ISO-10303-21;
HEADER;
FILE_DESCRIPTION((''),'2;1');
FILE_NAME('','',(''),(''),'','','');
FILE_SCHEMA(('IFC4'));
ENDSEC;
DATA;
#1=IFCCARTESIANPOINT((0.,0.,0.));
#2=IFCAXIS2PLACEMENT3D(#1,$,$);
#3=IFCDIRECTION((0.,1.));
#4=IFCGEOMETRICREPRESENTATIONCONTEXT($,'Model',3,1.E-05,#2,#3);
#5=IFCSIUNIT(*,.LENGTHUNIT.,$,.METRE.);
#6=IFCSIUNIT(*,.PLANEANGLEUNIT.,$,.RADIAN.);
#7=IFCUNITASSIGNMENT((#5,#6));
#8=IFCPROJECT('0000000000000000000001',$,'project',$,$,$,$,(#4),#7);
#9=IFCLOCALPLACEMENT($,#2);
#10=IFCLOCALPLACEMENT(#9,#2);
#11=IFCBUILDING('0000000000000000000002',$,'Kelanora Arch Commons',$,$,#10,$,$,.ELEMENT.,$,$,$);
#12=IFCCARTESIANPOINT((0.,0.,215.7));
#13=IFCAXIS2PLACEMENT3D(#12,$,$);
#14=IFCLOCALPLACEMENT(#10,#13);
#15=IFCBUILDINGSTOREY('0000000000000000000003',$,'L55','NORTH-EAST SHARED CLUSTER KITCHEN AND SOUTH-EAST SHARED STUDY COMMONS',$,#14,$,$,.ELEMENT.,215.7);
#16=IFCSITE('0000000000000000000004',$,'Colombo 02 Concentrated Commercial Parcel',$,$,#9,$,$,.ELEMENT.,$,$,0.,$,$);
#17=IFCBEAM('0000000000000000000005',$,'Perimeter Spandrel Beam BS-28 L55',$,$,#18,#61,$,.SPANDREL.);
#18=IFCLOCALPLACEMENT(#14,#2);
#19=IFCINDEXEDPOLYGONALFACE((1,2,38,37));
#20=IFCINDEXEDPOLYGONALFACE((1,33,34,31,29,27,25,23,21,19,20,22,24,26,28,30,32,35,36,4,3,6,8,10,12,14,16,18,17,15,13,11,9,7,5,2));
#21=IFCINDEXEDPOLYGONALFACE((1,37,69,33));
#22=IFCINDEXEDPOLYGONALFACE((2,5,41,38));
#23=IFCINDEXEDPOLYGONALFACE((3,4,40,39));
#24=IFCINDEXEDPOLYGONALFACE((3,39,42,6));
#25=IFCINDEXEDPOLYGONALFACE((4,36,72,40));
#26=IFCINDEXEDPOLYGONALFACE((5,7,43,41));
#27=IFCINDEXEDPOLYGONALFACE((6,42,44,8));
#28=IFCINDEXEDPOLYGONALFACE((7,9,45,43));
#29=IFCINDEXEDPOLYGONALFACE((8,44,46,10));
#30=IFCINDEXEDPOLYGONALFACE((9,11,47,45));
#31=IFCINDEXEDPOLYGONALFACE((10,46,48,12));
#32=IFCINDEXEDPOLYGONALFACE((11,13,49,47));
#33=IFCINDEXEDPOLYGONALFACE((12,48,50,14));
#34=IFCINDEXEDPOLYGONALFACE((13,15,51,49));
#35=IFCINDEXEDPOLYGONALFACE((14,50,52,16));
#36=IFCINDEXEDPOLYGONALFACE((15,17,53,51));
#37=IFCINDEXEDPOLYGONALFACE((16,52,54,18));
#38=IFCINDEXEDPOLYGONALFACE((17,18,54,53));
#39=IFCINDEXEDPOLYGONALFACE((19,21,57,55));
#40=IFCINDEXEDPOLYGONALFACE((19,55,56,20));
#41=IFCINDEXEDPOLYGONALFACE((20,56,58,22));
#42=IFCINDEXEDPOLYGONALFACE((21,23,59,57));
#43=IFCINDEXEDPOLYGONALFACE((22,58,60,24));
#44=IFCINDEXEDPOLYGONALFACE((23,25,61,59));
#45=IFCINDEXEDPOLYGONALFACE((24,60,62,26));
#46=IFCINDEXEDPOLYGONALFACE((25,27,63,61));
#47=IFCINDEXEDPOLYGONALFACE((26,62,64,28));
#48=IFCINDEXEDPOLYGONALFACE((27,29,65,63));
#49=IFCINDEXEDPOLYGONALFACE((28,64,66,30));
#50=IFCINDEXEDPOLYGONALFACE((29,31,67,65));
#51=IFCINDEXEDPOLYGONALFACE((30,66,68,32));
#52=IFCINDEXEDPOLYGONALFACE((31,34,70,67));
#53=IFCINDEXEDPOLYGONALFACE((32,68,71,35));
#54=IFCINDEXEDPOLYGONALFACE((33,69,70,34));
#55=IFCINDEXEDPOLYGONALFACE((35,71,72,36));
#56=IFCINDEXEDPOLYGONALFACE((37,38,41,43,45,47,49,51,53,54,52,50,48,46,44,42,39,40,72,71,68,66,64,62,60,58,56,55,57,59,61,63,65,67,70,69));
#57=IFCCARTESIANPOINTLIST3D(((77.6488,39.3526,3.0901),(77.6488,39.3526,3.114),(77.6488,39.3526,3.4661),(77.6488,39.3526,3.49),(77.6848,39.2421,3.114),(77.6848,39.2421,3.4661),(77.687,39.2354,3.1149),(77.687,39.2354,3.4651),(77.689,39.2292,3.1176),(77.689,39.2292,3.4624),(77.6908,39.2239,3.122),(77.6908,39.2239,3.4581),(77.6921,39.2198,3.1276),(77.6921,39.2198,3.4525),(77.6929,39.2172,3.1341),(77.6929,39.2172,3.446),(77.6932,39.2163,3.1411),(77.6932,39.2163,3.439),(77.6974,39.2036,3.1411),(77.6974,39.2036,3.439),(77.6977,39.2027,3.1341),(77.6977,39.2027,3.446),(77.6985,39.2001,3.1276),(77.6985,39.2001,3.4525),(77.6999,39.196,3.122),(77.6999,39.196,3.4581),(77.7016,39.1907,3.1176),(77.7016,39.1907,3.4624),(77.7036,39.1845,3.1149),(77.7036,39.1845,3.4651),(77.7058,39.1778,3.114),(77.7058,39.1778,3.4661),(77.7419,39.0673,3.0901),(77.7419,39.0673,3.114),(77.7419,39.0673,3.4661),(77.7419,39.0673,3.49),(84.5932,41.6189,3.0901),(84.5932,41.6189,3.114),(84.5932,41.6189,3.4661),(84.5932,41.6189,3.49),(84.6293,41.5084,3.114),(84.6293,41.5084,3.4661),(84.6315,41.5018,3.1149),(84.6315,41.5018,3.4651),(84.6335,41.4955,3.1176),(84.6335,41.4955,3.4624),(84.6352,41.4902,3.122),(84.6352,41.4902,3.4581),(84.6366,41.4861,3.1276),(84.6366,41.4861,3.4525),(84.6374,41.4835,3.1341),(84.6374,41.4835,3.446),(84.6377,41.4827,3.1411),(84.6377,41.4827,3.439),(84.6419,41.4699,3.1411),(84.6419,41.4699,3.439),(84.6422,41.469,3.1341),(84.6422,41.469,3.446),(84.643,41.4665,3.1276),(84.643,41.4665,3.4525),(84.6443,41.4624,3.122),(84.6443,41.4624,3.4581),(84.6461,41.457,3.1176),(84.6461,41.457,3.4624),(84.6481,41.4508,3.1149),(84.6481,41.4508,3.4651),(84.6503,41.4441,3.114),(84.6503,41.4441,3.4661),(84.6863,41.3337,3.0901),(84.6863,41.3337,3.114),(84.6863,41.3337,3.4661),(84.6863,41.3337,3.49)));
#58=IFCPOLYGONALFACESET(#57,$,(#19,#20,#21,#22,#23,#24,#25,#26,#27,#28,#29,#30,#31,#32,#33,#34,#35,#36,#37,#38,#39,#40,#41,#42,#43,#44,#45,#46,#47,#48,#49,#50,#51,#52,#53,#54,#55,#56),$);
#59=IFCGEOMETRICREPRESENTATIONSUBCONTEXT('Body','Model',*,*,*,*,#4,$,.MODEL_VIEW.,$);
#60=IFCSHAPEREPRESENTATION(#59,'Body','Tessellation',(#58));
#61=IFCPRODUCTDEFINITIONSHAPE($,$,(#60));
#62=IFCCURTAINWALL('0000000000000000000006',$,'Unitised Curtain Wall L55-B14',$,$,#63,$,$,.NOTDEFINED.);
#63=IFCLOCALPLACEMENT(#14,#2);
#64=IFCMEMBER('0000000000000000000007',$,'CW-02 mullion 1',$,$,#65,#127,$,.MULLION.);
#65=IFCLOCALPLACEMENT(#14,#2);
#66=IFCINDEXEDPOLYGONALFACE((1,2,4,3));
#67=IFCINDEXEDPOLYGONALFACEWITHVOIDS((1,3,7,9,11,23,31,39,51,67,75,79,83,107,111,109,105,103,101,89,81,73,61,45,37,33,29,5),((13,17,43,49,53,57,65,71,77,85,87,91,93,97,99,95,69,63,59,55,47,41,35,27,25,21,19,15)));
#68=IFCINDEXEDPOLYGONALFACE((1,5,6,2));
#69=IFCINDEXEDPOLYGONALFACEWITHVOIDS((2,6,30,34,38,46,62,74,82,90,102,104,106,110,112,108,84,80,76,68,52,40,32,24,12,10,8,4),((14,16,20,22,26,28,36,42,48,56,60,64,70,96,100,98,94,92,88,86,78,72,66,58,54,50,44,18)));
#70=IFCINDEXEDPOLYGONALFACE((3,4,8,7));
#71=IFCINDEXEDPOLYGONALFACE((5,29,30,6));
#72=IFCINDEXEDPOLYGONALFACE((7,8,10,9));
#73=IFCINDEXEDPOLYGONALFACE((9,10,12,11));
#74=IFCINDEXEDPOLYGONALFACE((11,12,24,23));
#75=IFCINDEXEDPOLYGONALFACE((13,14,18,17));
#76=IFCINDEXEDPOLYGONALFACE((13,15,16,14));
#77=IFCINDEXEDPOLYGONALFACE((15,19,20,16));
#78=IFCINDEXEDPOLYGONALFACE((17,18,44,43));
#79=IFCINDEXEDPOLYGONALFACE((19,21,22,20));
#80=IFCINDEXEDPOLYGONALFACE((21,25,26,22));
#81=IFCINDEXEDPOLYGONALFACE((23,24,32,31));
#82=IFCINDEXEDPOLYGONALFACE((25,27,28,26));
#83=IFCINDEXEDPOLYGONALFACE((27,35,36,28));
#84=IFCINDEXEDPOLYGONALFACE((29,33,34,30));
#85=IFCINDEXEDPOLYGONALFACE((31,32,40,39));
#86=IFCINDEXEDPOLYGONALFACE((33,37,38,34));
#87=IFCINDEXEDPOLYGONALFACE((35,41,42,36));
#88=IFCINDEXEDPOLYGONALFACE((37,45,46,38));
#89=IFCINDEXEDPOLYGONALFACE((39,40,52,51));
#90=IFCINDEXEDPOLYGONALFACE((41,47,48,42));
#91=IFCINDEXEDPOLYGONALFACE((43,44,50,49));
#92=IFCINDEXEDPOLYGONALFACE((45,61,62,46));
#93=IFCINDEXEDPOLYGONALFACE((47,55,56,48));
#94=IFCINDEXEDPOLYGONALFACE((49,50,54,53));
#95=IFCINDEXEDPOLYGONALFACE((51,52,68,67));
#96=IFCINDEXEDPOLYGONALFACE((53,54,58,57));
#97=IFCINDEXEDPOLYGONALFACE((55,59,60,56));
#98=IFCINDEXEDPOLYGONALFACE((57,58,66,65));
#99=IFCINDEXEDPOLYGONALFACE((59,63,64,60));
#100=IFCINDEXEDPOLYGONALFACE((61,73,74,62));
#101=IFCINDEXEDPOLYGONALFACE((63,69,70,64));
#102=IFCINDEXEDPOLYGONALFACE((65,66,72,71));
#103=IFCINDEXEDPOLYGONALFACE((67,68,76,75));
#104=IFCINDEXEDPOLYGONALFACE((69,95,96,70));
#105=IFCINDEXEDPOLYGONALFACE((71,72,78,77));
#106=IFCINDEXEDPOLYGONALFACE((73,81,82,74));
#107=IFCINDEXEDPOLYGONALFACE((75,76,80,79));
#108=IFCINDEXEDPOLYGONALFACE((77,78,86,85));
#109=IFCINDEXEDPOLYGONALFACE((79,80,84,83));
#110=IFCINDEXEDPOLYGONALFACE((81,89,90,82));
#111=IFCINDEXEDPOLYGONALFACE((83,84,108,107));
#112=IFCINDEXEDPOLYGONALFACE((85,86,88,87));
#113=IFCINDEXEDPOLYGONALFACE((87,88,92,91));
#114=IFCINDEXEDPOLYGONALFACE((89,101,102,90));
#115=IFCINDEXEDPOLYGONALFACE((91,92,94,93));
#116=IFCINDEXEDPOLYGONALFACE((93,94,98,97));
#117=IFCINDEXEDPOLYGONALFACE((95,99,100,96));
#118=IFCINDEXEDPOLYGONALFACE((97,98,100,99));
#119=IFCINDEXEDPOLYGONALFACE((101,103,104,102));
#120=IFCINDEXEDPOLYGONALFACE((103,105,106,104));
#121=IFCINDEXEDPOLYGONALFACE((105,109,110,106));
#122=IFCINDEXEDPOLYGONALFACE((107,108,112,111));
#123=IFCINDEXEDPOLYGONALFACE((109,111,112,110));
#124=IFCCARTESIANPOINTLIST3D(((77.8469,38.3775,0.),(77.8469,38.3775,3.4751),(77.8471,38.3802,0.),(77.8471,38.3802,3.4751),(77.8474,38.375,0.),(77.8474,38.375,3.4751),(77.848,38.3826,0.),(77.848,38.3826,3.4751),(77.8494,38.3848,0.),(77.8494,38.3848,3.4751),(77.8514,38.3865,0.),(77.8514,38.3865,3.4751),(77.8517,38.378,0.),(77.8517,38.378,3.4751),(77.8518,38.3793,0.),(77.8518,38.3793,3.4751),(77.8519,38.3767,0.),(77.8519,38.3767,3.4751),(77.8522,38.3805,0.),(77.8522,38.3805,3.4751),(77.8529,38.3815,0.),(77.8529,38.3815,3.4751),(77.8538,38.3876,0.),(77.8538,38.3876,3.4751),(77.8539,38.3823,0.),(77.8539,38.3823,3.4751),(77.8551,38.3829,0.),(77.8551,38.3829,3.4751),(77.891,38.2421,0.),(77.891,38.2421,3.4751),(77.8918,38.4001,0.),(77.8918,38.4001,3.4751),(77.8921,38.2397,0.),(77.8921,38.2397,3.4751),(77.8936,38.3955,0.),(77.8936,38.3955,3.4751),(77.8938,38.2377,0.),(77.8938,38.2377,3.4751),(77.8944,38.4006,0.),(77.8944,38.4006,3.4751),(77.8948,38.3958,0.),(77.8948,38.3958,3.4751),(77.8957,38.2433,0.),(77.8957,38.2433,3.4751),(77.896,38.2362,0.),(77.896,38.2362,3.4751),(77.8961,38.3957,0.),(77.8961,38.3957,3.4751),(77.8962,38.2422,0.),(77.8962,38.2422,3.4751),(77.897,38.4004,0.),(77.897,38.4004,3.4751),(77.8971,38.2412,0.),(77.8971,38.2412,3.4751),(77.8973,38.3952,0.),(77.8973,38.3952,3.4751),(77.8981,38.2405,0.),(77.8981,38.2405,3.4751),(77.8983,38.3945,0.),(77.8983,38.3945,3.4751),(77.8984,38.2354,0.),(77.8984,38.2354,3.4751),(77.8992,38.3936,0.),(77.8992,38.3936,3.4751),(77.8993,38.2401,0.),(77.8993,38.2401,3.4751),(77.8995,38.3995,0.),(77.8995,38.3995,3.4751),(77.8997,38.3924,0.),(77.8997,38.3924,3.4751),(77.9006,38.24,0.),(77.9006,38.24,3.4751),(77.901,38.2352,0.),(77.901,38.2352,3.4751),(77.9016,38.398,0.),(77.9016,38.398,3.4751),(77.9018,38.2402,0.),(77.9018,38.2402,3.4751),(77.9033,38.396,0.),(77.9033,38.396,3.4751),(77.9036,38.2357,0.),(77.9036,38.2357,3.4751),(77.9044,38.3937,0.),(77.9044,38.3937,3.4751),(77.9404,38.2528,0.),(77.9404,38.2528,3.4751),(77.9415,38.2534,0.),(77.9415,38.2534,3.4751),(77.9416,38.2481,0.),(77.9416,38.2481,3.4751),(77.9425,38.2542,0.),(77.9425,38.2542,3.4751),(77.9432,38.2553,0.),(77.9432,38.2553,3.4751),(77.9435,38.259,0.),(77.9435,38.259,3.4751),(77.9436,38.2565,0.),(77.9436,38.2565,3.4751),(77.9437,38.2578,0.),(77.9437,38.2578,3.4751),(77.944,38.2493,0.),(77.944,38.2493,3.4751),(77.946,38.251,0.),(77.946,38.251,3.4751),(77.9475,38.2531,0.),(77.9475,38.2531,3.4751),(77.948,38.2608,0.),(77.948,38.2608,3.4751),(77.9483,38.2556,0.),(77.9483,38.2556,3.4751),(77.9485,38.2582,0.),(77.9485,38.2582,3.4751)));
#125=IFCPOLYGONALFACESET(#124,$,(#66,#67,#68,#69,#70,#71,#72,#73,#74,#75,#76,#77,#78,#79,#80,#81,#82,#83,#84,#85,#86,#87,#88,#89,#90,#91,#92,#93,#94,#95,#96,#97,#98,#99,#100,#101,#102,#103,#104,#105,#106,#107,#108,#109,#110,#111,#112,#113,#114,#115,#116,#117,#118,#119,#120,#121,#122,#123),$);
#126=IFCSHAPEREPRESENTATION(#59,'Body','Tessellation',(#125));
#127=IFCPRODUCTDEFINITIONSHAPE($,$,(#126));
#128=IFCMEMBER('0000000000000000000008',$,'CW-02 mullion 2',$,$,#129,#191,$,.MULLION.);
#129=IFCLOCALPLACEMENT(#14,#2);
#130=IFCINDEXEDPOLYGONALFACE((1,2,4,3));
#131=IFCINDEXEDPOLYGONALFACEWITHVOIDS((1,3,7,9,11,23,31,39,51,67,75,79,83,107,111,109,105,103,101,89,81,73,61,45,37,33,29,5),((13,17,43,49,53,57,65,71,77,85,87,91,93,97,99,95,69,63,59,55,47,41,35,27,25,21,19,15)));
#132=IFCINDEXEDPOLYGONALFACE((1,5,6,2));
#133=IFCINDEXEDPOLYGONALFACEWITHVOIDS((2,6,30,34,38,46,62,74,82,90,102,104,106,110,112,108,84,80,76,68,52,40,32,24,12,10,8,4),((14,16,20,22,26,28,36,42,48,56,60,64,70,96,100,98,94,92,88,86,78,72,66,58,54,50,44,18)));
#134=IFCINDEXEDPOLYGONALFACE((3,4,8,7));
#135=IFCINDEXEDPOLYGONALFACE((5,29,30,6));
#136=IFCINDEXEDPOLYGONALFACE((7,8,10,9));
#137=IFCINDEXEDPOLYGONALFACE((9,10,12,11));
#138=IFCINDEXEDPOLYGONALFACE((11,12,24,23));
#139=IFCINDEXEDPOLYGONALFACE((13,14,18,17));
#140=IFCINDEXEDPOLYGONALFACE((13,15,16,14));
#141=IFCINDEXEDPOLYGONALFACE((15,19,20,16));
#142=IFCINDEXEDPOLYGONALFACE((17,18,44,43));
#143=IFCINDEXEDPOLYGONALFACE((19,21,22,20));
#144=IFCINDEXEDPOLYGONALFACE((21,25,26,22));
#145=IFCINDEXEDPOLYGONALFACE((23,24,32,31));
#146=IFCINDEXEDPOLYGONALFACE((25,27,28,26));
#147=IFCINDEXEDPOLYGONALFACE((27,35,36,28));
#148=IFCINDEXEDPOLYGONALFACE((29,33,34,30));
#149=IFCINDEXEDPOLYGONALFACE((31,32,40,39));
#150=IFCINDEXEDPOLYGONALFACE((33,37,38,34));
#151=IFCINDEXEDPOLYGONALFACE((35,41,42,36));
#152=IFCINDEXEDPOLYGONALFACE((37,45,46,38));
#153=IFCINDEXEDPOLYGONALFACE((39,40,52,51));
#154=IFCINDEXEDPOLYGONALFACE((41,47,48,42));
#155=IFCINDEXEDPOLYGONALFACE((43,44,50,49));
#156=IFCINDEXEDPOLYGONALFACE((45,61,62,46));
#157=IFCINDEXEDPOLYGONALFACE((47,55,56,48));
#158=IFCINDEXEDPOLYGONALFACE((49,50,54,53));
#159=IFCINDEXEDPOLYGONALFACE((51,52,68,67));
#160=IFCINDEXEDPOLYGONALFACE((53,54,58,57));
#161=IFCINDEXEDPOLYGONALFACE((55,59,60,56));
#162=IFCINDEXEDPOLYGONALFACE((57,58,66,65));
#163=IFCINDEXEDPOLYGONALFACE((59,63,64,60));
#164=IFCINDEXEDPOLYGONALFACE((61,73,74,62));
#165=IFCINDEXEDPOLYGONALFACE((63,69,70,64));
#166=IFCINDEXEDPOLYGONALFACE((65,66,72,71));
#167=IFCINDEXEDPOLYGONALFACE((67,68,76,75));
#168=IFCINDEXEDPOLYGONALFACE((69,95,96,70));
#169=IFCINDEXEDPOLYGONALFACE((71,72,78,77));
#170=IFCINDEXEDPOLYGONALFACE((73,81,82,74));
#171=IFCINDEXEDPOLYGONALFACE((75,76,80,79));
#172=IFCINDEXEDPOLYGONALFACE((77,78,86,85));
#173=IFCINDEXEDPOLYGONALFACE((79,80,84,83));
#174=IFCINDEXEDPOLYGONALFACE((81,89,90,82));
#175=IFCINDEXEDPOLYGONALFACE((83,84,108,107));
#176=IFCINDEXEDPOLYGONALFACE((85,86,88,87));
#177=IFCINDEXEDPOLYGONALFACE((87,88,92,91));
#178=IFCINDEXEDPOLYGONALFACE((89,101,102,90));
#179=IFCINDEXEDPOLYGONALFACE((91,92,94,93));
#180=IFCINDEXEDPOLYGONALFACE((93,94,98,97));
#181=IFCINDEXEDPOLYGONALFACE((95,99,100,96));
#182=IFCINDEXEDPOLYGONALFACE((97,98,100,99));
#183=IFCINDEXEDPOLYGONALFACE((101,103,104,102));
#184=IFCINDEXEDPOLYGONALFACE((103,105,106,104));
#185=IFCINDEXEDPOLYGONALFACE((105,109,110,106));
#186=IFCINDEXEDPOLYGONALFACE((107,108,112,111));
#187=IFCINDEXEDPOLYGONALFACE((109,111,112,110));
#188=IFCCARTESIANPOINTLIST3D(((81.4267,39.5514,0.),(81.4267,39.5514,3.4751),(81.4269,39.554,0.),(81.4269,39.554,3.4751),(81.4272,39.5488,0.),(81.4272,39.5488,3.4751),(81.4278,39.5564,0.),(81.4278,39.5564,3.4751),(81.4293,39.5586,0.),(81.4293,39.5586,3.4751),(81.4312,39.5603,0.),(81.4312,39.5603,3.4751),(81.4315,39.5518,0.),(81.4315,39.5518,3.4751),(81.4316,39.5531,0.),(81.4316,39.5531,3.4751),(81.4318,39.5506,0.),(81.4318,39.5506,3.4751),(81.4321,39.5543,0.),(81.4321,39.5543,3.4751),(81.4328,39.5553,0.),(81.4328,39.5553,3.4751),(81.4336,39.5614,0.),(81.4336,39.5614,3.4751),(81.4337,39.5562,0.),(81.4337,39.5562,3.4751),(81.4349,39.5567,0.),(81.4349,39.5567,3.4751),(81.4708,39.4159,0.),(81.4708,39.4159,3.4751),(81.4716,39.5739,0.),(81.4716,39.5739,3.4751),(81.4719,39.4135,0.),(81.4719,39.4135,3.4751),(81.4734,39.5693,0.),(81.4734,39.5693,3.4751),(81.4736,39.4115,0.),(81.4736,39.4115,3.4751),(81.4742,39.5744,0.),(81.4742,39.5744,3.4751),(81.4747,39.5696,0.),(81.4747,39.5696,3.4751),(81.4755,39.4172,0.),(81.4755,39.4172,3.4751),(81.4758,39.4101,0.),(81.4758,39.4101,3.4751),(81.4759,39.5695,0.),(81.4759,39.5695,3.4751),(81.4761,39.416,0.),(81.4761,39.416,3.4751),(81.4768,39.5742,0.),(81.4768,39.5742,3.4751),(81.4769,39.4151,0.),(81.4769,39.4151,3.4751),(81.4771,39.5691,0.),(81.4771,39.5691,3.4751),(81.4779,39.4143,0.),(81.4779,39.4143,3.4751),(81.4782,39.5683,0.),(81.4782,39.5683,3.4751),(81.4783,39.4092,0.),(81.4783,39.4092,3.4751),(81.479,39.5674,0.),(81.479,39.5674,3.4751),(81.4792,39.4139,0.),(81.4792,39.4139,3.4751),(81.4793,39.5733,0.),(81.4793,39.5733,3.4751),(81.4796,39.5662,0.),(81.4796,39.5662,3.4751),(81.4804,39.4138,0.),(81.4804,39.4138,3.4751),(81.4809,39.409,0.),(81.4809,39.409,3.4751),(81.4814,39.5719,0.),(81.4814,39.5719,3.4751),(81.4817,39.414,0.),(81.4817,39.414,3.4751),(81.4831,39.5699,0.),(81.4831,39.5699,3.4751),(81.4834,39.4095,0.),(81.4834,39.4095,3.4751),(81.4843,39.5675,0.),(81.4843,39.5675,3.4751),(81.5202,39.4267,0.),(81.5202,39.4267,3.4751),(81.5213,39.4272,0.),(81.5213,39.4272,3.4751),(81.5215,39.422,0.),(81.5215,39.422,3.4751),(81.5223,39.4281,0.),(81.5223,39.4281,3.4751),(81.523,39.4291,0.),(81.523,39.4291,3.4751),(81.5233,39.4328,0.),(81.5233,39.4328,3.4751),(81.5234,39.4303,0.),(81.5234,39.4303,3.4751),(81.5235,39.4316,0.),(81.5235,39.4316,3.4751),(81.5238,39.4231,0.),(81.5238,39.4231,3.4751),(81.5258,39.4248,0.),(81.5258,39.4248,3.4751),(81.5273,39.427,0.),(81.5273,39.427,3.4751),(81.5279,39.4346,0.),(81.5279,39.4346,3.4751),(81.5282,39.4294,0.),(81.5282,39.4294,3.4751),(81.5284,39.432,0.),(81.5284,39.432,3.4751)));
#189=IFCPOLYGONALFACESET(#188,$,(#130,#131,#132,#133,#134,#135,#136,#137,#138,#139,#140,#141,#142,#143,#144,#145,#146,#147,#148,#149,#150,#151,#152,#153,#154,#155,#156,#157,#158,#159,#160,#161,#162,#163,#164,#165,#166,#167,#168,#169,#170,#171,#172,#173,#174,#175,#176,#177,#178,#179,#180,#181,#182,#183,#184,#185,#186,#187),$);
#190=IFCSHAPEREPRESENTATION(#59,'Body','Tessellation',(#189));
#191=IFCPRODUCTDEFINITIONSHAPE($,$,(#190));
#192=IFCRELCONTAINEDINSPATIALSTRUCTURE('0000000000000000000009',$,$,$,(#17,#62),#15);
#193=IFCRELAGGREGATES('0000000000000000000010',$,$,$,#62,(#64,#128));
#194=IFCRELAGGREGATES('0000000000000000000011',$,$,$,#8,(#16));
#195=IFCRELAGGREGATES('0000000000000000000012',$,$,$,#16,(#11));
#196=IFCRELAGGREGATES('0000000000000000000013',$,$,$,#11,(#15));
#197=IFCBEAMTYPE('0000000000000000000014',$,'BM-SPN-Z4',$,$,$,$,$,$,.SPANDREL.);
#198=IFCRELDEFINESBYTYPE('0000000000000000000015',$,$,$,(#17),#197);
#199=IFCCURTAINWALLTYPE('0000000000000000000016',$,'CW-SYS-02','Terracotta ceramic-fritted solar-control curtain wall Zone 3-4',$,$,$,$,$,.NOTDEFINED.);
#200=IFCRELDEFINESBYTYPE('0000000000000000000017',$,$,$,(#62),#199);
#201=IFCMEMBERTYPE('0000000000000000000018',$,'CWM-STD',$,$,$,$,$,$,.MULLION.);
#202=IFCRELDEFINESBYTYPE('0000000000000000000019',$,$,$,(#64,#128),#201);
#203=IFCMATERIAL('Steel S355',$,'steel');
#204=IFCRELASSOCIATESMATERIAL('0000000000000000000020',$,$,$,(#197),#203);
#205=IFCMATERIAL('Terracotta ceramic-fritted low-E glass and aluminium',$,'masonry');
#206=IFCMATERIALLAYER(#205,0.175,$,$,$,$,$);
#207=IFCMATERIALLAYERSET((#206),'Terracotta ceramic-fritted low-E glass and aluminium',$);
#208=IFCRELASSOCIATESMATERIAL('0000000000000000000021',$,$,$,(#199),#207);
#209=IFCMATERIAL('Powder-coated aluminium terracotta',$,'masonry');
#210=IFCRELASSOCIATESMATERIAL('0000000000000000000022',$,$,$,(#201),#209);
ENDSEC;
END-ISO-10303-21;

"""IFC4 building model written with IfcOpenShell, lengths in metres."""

from ifc_helpers import new_model, si_unit, direction, frame, origin, origin_2d, place, context, subcontext, project, spatial, hollow_rectangle, i_section, extrude, material, layer, layer_set, material_profile, profile_set, type_object, element, aggregate, save


model = new_model("IFC4")

# Units and contexts
model_context = context("Model", 3, precision=1e-05, world=origin(), true_north=direction((0.0, 1.0)))
body_context = subcontext(model_context, "Body", "Model", "MODEL_VIEW")
ifc_project = project(units=[si_unit("LENGTHUNIT", "METRE"), si_unit("PLANEANGLEUNIT", "RADIAN")], contexts=[model_context])

# Site, building, storey
site_placement = place(None, origin())
site = spatial("IfcSite", under=ifc_project, at=site_placement, Name="Colombo 02 Concentrated Commercial Parcel", CompositionType="ELEMENT", RefElevation=0.0)
building_placement = place(site_placement, origin())
building = spatial("IfcBuilding", under=site, at=building_placement, Name="Kelanora Arch Commons", CompositionType="ELEMENT")
storey_placement = place(building_placement, frame((0.0, 0.0, 215.7)))
storey = spatial("IfcBuildingStorey", under=building, at=storey_placement, Name="L55", Description="NORTH-EAST SHARED CLUSTER KITCHEN AND SOUTH-EAST SHARED STUDY COMMONS", CompositionType="ELEMENT", Elevation=215.7)

# Beam
ifc_material_1 = material(Name="Steel S355", Category="steel")
ifc_material_profile_1 = material_profile(ifc_material_1, i_section(OverallWidth=0.3, OverallDepth=0.3999, WebThickness=0.0134, FlangeThickness=0.0239, FilletRadius=0.0271, at=origin_2d()), Name="HEB400")
ifc_profile_set_1 = profile_set([ifc_material_profile_1], Name="Steel S355")
beam_type_1 = type_object("IfcBeamType", Name="BM-SPN-Z4", PredefinedType="SPANDREL", material=ifc_profile_set_1)
beam_1_placement = place(storey_placement, frame((77.6953, 39.21, 3.29), z_axis=(0.950656, 0.310246, 0.0), x_axis=(-0.310246, 0.950656, 0.0)))
element("IfcBeam", 1, at=beam_1_placement, inside=storey, type_object=beam_type_1, Name="Perimeter Spandrel Beam BS-28 L55", PredefinedType="SPANDREL", context=body_context, shape_type="SweptSolid", body=[
    extrude(i_section(OverallWidth=0.3, OverallDepth=0.3999, WebThickness=0.0134, FlangeThickness=0.0239, FilletRadius=0.0271, at=origin_2d()), origin(), (0.0, 0.0, 1.0), 7.3049),
])

# Curtain wall, members
ifc_material_2 = material(Name="Terracotta ceramic-fritted low-E glass and aluminium", Category="masonry")
ifc_layer_1 = layer(ifc_material_2, 0.175)
ifc_layer_set_1 = layer_set([ifc_layer_1], Name="Terracotta ceramic-fritted low-E glass and aluminium")
curtain_wall_type = type_object("IfcCurtainWallType", Name="CW-SYS-02", Description="Terracotta ceramic-fritted solar-control curtain wall Zone 3-4", PredefinedType="NOTDEFINED", material=ifc_layer_set_1)
curtain_wall_placement = place(storey_placement, origin())
curtain_wall = element("IfcCurtainWall", 2, at=curtain_wall_placement, inside=storey, type_object=curtain_wall_type, Name="Unitised Curtain Wall L55-B14", PredefinedType="NOTDEFINED")
ifc_material_3 = material(Name="Powder-coated aluminium terracotta", Category="masonry")
ifc_material_profile_2 = material_profile(ifc_material_3, hollow_rectangle(XDim=0.1599, YDim=0.0601, WallThickness=0.0049, InnerFilletRadius=0.0049, OuterFilletRadius=0.01, at=origin_2d()), Name="CWM160x60")
ifc_profile_set_2 = profile_set([ifc_material_profile_2], Name="Powder-coated aluminium terracotta")
member_type_1 = type_object("IfcMemberType", Name="CWM-STD", PredefinedType="MULLION", material=ifc_profile_set_2)
member_1_placement = place(storey_placement, frame((77.8977, 38.3179, 0.0), z_axis=(0.0, 0.0, 1.0), x_axis=(-0.311582, 0.950219, 0.0)))
member_1 = element("IfcMember", 3, at=member_1_placement, type_object=member_type_1, Name="CW-02 mullion 1", PredefinedType="MULLION", context=body_context, shape_type="SweptSolid", body=[
    extrude(hollow_rectangle(XDim=0.1599, YDim=0.0601, WallThickness=0.0049, InnerFilletRadius=0.0049, OuterFilletRadius=0.01, at=origin_2d()), origin(), (0.0, 0.0, 1.0), 3.4751),
])
member_2_placement = place(storey_placement, frame((81.4775, 39.4917, 0.0), z_axis=(0.0, 0.0, 1.0), x_axis=(-0.311582, 0.950219, 0.0)))
member_2 = element("IfcMember", 4, at=member_2_placement, type_object=member_type_1, Name="CW-02 mullion 2", PredefinedType="MULLION", context=body_context, shape_type="SweptSolid", body=[
    extrude(hollow_rectangle(XDim=0.1599, YDim=0.0601, WallThickness=0.0049, InnerFilletRadius=0.0049, OuterFilletRadius=0.01, at=origin_2d()), origin(), (0.0, 0.0, 1.0), 3.4751),
])
aggregate(curtain_wall, [member_1, member_2])

save(model, "model.ifc")
